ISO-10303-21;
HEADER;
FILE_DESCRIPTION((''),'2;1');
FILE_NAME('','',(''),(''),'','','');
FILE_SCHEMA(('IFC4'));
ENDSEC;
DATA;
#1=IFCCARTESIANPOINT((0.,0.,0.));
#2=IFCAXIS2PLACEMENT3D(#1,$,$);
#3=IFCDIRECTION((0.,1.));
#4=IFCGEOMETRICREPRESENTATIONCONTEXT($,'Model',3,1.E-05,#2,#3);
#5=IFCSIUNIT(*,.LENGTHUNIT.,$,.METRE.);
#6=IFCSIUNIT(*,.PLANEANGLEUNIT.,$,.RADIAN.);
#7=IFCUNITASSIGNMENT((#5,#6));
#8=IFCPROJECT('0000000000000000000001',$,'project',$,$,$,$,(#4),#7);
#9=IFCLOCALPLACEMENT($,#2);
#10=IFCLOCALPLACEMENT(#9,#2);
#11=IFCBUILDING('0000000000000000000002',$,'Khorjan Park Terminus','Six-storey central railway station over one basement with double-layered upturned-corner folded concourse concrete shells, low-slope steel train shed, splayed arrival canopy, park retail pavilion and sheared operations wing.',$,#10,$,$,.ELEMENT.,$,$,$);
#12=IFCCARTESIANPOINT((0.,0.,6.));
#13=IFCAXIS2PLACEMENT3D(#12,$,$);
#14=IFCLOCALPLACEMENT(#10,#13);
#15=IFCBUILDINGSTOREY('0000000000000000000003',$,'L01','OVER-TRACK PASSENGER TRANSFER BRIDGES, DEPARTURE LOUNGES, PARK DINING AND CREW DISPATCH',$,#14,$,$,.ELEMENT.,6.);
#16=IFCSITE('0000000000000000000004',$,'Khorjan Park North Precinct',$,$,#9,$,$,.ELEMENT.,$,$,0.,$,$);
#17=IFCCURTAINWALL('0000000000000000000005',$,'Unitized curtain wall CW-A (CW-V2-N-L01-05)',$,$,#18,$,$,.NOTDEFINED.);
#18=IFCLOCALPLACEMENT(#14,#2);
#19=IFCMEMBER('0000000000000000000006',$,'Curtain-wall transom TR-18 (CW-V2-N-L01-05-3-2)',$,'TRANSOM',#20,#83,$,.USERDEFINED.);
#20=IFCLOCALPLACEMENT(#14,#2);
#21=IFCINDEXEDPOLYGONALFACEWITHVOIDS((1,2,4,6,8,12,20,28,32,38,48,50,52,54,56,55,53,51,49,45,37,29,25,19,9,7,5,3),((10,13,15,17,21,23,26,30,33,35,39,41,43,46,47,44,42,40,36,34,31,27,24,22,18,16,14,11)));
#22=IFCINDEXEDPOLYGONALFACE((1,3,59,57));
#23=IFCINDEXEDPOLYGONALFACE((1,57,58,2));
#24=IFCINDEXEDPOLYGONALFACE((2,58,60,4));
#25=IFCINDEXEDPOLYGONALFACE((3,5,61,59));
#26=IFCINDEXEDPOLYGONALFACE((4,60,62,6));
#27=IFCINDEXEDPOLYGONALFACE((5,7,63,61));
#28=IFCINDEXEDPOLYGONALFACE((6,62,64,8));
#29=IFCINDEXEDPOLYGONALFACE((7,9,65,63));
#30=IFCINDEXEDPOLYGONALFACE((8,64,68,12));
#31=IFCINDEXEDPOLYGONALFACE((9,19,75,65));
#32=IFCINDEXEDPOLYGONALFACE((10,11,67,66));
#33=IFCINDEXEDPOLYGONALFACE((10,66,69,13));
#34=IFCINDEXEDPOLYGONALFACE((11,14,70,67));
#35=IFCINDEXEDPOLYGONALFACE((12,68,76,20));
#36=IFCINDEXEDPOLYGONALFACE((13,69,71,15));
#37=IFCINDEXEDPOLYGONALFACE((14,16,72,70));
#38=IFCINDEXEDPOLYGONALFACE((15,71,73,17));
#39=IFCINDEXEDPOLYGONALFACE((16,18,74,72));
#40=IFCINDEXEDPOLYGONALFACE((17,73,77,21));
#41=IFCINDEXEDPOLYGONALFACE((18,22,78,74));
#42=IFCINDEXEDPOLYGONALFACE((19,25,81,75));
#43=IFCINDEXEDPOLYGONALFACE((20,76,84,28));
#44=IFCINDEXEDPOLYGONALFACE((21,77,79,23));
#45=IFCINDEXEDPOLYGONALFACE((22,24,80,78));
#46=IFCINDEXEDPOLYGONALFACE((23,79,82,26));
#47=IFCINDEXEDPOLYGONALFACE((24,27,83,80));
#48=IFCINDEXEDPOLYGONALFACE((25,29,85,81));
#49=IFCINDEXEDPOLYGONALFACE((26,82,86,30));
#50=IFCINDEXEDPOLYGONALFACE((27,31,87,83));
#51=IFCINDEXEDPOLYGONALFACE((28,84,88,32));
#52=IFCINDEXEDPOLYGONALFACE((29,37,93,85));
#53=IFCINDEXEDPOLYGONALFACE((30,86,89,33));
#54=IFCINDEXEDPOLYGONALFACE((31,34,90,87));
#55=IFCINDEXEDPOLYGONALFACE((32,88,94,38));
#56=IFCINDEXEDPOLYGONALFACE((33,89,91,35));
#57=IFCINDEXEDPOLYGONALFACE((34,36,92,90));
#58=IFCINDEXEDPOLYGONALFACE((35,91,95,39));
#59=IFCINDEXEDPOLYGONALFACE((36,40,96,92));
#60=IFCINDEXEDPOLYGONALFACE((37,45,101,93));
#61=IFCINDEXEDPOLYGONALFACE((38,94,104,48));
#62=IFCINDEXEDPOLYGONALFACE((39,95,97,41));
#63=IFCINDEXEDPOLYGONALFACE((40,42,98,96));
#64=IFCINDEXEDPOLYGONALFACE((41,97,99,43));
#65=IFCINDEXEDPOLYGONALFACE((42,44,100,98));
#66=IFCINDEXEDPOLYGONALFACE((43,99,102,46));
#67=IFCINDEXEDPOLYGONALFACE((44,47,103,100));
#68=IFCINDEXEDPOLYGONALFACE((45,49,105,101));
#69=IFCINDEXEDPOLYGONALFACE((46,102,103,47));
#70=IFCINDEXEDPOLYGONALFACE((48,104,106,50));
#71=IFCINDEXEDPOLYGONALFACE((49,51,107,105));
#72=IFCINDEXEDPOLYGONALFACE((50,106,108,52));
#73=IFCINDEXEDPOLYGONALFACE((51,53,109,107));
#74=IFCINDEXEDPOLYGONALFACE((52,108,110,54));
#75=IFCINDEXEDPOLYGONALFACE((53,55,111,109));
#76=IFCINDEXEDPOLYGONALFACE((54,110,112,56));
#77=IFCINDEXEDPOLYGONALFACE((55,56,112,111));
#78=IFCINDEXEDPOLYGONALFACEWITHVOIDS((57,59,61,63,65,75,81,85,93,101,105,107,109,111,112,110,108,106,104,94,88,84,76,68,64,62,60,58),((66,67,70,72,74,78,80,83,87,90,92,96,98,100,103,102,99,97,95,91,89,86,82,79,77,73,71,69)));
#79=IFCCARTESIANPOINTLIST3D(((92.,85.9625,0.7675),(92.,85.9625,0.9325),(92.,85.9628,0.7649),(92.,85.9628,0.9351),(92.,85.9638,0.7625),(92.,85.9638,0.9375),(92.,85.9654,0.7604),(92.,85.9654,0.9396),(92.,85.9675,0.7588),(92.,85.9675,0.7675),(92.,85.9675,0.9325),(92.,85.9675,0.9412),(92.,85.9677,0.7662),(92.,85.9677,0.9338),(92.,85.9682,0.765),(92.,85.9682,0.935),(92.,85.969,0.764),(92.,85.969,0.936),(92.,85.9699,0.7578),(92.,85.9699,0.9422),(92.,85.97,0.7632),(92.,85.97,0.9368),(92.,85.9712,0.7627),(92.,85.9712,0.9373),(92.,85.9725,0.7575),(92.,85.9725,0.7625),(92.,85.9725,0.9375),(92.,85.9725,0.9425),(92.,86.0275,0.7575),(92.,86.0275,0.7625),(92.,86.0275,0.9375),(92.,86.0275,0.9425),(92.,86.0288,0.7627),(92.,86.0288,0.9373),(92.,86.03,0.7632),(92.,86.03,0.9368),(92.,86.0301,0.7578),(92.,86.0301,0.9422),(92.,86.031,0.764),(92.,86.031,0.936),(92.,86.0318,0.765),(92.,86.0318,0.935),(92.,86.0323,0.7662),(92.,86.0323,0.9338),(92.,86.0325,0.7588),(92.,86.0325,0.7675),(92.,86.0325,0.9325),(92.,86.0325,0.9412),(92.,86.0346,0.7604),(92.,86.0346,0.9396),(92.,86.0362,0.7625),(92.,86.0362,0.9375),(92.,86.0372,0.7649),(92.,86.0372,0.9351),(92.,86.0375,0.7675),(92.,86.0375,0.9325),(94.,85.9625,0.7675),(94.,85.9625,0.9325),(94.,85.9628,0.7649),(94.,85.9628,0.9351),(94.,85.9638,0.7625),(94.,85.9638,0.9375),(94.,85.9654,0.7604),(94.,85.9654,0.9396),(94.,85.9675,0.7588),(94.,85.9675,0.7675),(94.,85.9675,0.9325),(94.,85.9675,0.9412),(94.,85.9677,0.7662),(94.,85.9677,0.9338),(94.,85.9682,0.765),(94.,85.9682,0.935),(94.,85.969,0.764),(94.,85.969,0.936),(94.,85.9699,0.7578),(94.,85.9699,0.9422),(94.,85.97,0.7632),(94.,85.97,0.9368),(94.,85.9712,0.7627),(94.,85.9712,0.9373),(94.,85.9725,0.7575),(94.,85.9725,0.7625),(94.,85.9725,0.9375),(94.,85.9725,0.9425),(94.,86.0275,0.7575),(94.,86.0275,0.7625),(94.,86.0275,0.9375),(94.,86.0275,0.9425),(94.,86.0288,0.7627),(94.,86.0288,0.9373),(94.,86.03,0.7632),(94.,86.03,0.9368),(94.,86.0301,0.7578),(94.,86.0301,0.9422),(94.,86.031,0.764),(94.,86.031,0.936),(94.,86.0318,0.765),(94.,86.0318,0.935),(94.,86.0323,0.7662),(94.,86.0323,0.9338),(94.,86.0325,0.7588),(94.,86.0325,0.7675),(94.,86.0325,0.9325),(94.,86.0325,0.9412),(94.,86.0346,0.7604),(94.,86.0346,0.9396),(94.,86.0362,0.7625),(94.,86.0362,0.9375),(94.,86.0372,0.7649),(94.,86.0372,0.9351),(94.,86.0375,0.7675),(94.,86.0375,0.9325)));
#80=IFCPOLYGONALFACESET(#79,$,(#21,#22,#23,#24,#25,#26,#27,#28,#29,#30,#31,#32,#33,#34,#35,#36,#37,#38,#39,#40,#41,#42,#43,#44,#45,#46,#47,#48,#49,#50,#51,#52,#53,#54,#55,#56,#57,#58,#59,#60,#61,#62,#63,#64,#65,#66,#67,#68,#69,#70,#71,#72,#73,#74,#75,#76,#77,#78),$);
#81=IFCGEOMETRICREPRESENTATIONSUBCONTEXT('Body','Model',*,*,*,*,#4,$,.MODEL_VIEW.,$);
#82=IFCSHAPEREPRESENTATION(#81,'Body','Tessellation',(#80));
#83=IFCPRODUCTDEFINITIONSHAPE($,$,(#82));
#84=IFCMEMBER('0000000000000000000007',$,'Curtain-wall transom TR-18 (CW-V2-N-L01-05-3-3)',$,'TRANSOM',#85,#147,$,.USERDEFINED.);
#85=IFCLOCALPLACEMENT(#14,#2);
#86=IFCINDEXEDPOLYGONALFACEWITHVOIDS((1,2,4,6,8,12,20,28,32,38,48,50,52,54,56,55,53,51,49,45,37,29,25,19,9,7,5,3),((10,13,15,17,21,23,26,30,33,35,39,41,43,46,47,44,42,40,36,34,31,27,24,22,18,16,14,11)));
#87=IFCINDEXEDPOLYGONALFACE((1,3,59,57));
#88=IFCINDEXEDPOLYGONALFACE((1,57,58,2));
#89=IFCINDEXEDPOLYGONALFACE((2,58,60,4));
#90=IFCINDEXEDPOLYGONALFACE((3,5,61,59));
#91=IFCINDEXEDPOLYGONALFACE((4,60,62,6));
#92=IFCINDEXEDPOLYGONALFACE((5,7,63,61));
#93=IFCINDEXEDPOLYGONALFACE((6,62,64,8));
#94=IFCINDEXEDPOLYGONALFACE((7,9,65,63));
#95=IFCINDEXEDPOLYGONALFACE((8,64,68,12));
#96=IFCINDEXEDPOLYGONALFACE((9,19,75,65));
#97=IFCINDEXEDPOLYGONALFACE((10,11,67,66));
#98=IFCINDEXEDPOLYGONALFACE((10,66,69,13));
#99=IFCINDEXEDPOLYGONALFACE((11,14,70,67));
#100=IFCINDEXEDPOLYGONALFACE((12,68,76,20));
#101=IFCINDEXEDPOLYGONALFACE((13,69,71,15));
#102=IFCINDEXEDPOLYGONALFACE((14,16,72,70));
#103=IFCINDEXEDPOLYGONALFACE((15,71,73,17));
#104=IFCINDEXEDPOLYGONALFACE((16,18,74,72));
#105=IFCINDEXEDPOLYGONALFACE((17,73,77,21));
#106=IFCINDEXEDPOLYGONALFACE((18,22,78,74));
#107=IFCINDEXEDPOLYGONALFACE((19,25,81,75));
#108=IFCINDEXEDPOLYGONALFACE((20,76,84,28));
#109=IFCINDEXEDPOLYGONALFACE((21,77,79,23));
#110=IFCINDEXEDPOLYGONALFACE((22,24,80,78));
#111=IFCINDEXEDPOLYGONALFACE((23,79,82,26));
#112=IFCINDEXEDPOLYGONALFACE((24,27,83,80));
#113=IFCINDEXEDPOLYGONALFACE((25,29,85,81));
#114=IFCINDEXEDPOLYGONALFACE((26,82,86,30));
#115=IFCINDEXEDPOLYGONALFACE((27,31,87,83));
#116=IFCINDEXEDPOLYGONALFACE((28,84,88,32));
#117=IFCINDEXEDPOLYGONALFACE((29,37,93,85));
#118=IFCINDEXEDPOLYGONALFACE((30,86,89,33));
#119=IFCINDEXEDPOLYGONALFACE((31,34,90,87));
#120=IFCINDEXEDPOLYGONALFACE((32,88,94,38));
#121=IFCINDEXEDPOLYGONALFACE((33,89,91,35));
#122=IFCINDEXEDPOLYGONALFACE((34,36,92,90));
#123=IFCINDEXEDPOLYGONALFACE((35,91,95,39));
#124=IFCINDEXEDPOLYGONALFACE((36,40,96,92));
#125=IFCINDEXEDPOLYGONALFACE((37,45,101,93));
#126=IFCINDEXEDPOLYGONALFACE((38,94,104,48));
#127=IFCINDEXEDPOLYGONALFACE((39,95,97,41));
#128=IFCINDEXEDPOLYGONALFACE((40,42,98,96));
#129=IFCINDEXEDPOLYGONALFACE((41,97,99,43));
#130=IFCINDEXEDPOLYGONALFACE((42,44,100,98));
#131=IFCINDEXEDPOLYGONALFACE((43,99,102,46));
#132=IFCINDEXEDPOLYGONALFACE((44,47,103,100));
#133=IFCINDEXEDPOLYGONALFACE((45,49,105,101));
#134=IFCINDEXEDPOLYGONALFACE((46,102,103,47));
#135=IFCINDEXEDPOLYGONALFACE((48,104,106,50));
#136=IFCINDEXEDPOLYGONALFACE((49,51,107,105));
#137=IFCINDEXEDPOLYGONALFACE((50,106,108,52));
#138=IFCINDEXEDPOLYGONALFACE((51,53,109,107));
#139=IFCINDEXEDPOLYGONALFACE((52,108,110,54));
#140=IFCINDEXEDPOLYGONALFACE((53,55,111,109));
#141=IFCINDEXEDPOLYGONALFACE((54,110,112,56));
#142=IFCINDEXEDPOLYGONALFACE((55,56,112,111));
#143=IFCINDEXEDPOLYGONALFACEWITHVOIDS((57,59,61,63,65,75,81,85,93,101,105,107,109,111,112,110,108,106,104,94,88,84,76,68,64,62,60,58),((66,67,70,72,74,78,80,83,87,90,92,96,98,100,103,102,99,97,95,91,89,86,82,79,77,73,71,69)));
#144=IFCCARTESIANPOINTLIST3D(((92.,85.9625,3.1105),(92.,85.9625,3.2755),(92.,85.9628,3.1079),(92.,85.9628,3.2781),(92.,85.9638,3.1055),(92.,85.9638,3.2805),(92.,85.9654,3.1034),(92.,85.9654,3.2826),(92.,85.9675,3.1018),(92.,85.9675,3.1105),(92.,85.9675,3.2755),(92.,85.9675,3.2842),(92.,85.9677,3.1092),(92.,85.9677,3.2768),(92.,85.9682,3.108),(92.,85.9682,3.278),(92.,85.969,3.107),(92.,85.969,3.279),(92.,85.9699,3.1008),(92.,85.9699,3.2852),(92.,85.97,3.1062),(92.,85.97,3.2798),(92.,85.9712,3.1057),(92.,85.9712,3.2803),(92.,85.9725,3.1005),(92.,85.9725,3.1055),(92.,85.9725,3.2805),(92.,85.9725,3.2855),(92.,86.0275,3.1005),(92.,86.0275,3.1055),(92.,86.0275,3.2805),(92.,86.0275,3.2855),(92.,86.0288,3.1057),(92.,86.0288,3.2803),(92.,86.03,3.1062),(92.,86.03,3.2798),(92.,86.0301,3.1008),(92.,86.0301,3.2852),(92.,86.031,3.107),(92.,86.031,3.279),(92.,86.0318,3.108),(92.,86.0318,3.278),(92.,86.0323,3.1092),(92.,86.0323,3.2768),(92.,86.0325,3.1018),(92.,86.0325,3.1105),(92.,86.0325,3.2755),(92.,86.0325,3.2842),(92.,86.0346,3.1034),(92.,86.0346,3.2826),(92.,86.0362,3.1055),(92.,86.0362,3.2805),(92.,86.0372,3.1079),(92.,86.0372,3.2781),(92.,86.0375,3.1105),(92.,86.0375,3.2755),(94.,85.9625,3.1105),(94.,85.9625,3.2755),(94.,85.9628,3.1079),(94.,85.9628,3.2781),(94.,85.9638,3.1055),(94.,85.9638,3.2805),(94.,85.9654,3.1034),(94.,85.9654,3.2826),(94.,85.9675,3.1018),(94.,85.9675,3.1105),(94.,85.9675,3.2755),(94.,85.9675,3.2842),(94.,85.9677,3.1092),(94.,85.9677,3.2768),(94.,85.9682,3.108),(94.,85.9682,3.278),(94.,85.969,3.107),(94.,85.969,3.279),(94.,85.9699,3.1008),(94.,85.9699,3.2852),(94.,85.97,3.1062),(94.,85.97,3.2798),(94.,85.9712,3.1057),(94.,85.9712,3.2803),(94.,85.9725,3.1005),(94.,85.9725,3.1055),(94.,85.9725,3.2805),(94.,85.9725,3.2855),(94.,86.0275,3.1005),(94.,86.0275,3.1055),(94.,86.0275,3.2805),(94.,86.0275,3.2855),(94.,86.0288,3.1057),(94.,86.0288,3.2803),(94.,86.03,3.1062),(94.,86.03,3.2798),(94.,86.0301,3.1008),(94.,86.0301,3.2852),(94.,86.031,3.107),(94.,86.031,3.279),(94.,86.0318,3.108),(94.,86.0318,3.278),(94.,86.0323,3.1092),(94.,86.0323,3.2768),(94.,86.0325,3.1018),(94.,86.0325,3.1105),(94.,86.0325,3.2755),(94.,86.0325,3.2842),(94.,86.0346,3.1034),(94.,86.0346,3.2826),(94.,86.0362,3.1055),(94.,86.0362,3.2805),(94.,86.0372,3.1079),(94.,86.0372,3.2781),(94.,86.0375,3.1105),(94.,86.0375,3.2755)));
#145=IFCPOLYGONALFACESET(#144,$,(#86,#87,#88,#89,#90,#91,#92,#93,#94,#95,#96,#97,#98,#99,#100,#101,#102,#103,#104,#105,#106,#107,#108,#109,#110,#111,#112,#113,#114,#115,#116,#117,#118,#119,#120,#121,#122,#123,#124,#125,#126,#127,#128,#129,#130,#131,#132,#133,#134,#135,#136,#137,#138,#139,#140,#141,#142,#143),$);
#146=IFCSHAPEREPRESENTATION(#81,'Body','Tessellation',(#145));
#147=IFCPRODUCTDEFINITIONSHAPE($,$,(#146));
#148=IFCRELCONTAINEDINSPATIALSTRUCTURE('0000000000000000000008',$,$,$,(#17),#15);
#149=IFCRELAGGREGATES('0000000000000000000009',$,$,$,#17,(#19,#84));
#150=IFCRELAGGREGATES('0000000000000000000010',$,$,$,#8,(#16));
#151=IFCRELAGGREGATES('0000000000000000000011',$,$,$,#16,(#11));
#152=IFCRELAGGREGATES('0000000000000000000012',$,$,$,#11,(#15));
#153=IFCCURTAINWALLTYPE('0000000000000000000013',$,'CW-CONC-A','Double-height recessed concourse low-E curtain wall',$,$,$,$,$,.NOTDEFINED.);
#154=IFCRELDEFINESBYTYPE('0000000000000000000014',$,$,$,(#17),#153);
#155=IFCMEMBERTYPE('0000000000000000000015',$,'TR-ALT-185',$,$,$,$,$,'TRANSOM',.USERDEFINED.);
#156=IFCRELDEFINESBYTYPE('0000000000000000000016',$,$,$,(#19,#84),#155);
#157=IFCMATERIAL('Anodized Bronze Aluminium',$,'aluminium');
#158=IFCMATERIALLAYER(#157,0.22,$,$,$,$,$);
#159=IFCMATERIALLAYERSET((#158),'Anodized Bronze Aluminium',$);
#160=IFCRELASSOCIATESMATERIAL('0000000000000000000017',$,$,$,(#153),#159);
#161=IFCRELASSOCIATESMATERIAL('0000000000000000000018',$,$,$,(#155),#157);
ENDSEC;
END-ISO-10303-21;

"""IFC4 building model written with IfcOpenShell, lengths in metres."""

from ifc_helpers import new_model, si_unit, direction, frame, origin, origin_2d, place, context, subcontext, project, spatial, hollow_rectangle, extrude, material, layer, layer_set, material_profile, profile_set, type_object, element, aggregate, save


model = new_model("IFC4")

# Units and contexts
model_context = context("Model", 3, precision=1e-05, world=origin(), true_north=direction((0.0, 1.0)))
body_context = subcontext(model_context, "Body", "Model", "MODEL_VIEW")
ifc_project = project(units=[si_unit("LENGTHUNIT", "METRE"), si_unit("PLANEANGLEUNIT", "RADIAN")], contexts=[model_context])

# Site, building, storey
site_placement = place(None, origin())
site = spatial("IfcSite", under=ifc_project, at=site_placement, Name="Khorjan Park North Precinct", CompositionType="ELEMENT", RefElevation=0.0)
building_placement = place(site_placement, origin())
building = spatial("IfcBuilding", under=site, at=building_placement, Name="Khorjan Park Terminus", Description="Six-storey central railway station over one basement with double-layered upturned-corner folded concourse concrete shells, low-slope steel train shed, splayed arrival canopy, park retail pavilion and sheared operations wing.", CompositionType="ELEMENT")
storey_placement = place(building_placement, frame((0.0, 0.0, 6.0)))
storey = spatial("IfcBuildingStorey", under=building, at=storey_placement, Name="L01", Description="OVER-TRACK PASSENGER TRANSFER BRIDGES, DEPARTURE LOUNGES, PARK DINING AND CREW DISPATCH", CompositionType="ELEMENT", Elevation=6.0)

# Curtain wall
ifc_material_1 = material(Name="Anodized Bronze Aluminium", Category="aluminium")
ifc_layer_1 = layer(ifc_material_1, 0.22)
ifc_layer_set_1 = layer_set([ifc_layer_1], Name="Anodized Bronze Aluminium")
curtain_wall_type = type_object("IfcCurtainWallType", Name="CW-CONC-A", Description="Double-height recessed concourse low-E curtain wall", PredefinedType="NOTDEFINED", material=ifc_layer_set_1)
curtain_wall_1_placement = place(storey_placement, origin())
curtain_wall_1 = element("IfcCurtainWall", 1, at=curtain_wall_1_placement, inside=storey, type_object=curtain_wall_type, Name="Unitized curtain wall CW-A (CW-V2-N-L01-05)", PredefinedType="NOTDEFINED")
ifc_material_profile_1 = material_profile(ifc_material_1, hollow_rectangle(XDim=0.075, YDim=0.185, WallThickness=0.005, InnerFilletRadius=0.005, OuterFilletRadius=0.01, at=origin_2d()), Name="ALT 75x185x5")
ifc_profile_set_1 = profile_set([ifc_material_profile_1], Name="Anodized Bronze Aluminium")
member_type_1 = type_object("IfcMemberType", Name="TR-ALT-185", ElementType="TRANSOM", PredefinedType="USERDEFINED", material=ifc_profile_set_1)

# Members
member_1_placement = place(storey_placement, frame((94.0, 86.0, 0.85), z_axis=(-1.0, 0.0, 0.0), x_axis=(0.0, -1.0, 0.0)))
member_1 = element("IfcMember", 2, at=member_1_placement, type_object=member_type_1, Name="Curtain-wall transom TR-18 (CW-V2-N-L01-05-3-2)", ObjectType="TRANSOM", PredefinedType="USERDEFINED", context=body_context, shape_type="SweptSolid", body=[
    extrude(hollow_rectangle(XDim=0.075, YDim=0.185, WallThickness=0.005, InnerFilletRadius=0.005, OuterFilletRadius=0.01, at=origin_2d()), origin(), (0.0, 0.0, 1.0), 2.0),
])
member_2_placement = place(storey_placement, frame((94.0, 86.0, 3.193), z_axis=(-1.0, 0.0, 0.0), x_axis=(0.0, -1.0, 0.0)))
member_2 = element("IfcMember", 3, at=member_2_placement, type_object=member_type_1, Name="Curtain-wall transom TR-18 (CW-V2-N-L01-05-3-3)", ObjectType="TRANSOM", PredefinedType="USERDEFINED", context=body_context, shape_type="SweptSolid", body=[
    extrude(hollow_rectangle(XDim=0.075, YDim=0.185, WallThickness=0.005, InnerFilletRadius=0.005, OuterFilletRadius=0.01, at=origin_2d()), origin(), (0.0, 0.0, 1.0), 2.0),
])

aggregate(curtain_wall_1, [member_1, member_2])

save(model, "model.ifc")
